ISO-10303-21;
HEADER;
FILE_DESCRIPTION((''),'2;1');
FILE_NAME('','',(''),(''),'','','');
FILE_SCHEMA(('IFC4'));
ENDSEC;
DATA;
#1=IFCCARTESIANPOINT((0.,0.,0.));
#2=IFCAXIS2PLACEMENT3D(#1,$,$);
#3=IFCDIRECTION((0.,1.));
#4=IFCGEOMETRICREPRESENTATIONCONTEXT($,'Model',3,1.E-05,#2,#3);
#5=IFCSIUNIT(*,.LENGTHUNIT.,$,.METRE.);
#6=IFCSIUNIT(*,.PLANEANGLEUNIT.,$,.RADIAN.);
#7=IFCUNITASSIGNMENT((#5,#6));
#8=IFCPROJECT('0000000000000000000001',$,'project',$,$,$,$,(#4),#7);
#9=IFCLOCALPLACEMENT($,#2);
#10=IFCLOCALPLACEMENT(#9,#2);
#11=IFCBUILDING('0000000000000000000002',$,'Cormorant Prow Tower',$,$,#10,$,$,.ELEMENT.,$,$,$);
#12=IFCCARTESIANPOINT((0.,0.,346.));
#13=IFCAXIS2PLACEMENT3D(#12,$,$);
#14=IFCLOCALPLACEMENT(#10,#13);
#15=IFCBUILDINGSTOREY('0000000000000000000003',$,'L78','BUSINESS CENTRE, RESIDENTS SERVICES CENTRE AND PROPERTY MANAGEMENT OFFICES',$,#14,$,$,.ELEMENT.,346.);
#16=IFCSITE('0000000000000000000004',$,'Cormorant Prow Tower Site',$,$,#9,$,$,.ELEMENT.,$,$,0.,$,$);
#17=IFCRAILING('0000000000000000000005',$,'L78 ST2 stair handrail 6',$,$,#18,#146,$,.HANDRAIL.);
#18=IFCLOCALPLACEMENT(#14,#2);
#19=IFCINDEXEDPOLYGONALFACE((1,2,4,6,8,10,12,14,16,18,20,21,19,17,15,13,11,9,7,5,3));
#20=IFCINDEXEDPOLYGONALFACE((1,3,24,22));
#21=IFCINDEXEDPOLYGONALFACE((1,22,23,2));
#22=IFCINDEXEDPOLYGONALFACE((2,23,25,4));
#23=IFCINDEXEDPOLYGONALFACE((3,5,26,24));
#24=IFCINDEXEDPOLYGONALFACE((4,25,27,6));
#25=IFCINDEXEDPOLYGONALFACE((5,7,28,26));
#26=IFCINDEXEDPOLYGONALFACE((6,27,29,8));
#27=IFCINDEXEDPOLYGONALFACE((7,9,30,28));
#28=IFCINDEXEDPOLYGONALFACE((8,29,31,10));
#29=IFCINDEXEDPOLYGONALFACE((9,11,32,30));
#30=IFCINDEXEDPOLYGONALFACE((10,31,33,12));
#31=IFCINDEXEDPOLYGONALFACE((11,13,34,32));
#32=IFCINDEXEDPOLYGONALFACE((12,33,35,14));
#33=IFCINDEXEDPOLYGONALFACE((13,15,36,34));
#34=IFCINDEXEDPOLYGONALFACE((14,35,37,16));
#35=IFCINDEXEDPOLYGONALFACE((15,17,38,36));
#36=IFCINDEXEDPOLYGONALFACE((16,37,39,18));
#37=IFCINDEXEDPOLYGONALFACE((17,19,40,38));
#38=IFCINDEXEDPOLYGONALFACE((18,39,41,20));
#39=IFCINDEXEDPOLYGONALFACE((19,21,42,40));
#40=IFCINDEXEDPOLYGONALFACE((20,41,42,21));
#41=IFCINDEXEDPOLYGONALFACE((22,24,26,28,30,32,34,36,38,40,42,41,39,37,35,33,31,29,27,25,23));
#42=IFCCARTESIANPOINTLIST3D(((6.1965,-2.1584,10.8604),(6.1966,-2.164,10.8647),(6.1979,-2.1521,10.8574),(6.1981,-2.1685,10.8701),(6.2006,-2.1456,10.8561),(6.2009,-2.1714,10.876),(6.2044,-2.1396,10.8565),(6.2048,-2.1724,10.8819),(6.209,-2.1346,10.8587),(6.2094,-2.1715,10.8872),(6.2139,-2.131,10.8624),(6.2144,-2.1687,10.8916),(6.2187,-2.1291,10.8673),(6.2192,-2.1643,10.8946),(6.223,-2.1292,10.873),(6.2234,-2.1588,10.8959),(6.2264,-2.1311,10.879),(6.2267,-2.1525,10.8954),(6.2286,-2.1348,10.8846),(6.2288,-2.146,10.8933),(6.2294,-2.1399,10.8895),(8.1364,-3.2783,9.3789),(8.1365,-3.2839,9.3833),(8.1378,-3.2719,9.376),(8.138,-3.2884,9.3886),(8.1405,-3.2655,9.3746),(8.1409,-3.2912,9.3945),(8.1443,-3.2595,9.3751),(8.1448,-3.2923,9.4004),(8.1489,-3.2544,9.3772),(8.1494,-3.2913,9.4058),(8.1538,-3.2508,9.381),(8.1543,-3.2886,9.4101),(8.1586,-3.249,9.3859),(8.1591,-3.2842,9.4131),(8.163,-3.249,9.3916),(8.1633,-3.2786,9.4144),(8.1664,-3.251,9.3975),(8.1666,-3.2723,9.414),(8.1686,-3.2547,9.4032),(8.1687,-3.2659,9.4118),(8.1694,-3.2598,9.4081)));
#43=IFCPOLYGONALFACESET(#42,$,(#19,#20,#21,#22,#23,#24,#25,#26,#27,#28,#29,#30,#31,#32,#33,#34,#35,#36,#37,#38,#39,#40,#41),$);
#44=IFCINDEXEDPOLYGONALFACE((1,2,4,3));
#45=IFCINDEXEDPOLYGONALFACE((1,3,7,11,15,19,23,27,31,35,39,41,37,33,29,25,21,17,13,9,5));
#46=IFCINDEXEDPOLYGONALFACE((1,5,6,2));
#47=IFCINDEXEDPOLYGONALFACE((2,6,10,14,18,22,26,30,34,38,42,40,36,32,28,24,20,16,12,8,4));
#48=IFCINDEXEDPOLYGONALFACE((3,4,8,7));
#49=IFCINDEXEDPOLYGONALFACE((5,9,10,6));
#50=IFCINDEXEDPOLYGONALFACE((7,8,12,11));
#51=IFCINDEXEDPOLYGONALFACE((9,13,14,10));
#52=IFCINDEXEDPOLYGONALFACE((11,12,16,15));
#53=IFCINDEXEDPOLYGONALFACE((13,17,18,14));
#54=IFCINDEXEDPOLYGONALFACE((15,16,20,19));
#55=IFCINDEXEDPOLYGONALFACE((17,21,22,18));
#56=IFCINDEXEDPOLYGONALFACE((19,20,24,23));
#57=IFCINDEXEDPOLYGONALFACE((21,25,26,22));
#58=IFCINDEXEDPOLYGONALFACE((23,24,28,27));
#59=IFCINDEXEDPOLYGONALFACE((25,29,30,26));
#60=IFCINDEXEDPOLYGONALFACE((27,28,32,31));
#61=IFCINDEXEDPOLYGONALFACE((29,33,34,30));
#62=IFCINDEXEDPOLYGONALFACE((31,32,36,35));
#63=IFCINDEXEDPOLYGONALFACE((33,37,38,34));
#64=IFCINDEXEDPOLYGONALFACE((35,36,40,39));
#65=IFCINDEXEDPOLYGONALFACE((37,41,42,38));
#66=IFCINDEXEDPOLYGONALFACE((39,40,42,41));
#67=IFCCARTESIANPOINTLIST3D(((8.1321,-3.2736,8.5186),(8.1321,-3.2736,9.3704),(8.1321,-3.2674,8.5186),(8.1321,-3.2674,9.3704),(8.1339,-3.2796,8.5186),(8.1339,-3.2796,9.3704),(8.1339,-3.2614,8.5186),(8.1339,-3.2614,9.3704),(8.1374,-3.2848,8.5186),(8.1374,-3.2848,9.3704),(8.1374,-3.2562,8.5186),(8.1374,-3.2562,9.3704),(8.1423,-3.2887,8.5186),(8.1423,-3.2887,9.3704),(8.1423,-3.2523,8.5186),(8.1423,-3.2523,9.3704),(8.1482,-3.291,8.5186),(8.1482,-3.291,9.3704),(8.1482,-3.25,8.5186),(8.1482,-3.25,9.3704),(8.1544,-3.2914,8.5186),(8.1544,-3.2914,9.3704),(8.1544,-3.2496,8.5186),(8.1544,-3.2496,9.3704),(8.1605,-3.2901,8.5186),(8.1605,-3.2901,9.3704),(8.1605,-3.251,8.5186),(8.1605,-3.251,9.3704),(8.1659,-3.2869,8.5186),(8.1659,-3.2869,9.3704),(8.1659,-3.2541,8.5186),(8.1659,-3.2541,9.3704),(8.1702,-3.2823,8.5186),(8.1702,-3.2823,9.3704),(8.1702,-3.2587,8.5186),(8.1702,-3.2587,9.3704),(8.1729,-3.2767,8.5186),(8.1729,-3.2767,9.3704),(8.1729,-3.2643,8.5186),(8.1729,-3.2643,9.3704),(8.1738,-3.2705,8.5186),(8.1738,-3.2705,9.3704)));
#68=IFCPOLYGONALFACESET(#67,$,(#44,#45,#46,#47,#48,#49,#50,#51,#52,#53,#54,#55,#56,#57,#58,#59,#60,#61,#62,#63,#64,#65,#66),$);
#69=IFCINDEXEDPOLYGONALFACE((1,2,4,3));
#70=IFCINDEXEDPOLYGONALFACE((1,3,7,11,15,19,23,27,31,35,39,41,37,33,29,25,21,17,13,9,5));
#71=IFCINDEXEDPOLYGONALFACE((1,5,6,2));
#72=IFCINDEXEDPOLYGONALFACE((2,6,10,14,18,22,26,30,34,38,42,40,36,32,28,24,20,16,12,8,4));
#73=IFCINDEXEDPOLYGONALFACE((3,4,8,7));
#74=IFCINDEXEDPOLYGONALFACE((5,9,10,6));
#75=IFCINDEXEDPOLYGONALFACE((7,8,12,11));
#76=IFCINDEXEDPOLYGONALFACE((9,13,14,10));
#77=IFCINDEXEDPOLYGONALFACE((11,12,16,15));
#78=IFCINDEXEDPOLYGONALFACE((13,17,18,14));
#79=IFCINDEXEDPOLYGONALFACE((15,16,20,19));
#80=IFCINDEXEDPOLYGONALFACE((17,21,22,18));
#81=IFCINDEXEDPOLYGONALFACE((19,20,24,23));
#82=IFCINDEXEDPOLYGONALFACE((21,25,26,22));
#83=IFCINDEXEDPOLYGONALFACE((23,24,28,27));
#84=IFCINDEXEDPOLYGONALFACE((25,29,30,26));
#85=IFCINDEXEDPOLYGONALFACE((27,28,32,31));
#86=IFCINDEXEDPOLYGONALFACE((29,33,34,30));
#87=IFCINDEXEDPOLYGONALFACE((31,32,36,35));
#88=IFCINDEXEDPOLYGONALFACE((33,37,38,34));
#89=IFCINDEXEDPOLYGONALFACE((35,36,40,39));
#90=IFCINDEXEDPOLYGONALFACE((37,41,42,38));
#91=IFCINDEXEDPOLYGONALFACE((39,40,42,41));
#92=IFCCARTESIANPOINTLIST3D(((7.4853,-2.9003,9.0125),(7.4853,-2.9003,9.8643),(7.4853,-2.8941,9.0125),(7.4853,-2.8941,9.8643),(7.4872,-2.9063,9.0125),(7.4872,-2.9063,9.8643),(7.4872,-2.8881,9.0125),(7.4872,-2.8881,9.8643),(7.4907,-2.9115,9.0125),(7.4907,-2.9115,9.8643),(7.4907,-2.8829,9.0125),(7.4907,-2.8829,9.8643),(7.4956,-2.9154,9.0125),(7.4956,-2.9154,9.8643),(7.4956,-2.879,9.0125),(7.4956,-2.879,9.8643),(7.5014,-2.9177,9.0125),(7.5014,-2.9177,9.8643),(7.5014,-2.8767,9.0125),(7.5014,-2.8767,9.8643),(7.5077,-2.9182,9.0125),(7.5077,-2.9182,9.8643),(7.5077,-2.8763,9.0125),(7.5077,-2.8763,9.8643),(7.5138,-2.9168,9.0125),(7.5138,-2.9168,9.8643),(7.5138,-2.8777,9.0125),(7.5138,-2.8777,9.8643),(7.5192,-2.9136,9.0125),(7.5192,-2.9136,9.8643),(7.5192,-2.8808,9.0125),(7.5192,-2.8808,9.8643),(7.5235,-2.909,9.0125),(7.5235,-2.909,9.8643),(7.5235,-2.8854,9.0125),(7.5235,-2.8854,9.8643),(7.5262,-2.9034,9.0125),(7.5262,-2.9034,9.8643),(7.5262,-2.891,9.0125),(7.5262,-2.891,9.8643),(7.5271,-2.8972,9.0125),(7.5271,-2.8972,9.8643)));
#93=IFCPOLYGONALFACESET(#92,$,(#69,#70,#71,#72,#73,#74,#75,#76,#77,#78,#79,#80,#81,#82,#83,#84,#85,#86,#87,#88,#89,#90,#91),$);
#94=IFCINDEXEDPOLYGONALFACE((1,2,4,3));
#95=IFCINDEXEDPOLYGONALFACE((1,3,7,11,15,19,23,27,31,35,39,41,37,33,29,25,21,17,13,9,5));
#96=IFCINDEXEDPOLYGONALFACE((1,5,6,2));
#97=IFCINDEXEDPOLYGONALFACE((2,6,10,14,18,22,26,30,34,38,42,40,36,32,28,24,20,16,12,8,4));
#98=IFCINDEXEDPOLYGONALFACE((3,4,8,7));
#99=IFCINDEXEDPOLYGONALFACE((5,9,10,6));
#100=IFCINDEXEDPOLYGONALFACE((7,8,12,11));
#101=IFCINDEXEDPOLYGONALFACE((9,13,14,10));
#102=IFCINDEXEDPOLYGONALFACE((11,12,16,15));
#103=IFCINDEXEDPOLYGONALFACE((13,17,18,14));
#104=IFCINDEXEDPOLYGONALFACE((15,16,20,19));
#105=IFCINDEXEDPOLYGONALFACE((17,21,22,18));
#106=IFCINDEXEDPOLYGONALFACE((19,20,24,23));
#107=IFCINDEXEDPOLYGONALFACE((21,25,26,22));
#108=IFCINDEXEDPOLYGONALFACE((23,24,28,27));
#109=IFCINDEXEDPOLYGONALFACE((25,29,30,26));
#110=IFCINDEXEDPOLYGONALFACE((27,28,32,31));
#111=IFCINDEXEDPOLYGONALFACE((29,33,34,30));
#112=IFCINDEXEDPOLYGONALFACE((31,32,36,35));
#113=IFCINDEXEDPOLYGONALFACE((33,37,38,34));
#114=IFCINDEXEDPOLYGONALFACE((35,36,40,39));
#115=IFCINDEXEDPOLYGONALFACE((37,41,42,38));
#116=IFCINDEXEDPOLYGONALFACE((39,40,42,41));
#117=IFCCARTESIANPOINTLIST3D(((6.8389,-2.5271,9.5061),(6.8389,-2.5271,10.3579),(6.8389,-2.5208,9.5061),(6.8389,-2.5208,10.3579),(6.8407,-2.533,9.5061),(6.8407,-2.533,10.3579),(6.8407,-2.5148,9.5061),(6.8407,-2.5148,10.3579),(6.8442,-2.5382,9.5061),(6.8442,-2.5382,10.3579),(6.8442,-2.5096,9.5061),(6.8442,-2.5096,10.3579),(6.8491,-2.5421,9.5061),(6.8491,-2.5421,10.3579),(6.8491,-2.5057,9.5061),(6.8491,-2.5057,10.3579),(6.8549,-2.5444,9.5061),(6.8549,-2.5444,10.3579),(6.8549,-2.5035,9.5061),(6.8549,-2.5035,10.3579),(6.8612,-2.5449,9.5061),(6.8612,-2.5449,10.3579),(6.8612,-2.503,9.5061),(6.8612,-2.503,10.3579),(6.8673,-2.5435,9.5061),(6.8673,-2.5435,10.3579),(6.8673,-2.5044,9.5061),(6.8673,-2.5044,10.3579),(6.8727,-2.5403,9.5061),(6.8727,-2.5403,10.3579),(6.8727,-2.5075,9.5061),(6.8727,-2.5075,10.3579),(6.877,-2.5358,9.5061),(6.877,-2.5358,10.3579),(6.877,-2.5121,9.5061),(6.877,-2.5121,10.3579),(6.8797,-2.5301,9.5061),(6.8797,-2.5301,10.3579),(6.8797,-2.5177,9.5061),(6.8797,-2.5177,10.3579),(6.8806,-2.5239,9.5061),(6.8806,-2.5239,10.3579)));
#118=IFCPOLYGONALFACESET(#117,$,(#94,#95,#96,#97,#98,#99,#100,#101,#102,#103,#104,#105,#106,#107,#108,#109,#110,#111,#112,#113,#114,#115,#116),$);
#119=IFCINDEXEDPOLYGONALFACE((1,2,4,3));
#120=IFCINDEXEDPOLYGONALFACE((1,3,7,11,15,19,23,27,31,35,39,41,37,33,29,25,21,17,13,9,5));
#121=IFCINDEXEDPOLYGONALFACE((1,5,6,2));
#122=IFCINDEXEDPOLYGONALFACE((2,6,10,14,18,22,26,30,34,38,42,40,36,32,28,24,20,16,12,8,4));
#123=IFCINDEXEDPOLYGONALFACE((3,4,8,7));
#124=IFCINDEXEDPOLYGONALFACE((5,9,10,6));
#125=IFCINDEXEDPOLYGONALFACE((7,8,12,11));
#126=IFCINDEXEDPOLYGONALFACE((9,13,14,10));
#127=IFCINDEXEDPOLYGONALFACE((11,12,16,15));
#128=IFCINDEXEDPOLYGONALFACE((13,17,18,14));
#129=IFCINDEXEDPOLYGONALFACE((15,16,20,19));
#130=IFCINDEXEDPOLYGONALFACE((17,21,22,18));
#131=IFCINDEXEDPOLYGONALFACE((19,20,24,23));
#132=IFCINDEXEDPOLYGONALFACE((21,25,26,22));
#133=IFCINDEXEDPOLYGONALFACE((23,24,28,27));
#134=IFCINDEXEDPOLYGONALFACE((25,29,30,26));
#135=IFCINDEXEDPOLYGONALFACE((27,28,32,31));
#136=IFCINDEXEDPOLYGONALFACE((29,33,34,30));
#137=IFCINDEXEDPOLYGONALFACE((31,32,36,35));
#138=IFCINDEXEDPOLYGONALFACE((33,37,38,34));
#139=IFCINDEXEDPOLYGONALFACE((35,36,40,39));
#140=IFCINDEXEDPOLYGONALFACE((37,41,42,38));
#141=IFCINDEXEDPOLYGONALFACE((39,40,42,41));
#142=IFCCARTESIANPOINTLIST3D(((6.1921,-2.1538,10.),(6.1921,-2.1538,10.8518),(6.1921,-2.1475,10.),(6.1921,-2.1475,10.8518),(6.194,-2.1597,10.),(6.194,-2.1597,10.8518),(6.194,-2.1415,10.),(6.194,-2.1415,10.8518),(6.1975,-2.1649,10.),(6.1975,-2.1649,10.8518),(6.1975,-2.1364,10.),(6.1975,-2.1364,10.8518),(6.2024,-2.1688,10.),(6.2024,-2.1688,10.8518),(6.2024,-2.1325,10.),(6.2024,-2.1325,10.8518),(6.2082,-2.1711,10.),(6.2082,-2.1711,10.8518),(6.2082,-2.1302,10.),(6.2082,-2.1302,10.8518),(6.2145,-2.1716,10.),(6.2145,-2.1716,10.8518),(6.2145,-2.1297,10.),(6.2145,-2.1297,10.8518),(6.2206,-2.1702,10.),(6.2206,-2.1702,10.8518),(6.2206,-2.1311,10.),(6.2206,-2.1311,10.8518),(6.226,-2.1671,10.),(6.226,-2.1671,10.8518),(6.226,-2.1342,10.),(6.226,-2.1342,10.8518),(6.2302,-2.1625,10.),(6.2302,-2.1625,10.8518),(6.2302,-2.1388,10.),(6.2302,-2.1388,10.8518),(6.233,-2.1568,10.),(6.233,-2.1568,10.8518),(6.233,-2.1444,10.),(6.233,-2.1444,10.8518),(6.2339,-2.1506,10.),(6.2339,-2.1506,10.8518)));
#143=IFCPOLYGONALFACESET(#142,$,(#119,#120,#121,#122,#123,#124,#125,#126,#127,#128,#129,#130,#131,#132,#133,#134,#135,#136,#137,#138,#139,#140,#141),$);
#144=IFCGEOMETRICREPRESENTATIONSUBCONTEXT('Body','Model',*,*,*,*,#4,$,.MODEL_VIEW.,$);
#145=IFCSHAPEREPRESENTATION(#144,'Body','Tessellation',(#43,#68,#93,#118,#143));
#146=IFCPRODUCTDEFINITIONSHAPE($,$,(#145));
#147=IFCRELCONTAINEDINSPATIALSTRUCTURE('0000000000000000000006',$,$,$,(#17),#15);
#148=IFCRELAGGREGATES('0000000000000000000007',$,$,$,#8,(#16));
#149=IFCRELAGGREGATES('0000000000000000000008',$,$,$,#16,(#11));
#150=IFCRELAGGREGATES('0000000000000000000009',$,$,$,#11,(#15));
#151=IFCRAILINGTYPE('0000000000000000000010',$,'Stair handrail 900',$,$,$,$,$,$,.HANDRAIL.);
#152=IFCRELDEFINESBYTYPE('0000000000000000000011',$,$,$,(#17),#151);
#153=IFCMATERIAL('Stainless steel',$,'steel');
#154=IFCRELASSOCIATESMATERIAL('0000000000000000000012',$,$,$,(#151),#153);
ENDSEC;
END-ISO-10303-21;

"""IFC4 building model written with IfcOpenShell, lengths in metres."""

from ifc_helpers import new_model, si_unit, direction, frame, origin, origin_2d, place, context, subcontext, project, spatial, circle, extrude, material, type_object, element, save


model = new_model("IFC4")

# Units and contexts
model_context = context("Model", 3, precision=1e-05, world=origin(), true_north=direction((0.0, 1.0)))
body_context = subcontext(model_context, "Body", "Model", "MODEL_VIEW")
ifc_project = project(units=[si_unit("LENGTHUNIT", "METRE"), si_unit("PLANEANGLEUNIT", "RADIAN")], contexts=[model_context])

# Site, building, storey
site_placement = place(None, origin())
site = spatial("IfcSite", under=ifc_project, at=site_placement, Name="Cormorant Prow Tower Site", CompositionType="ELEMENT", RefElevation=0.0)
building_placement = place(site_placement, origin())
building = spatial("IfcBuilding", under=site, at=building_placement, Name="Cormorant Prow Tower", CompositionType="ELEMENT")
storey_placement = place(building_placement, frame((0.0, 0.0, 346.0)))
storey = spatial("IfcBuildingStorey", under=building, at=storey_placement, Name="L78", Description="BUSINESS CENTRE, RESIDENTS SERVICES CENTRE AND PROPERTY MANAGEMENT OFFICES", CompositionType="ELEMENT", Elevation=346.0)

# Railing
ifc_material_1 = material(Name="Stainless steel", Category="steel")
railing_type = type_object("IfcRailingType", Name="Stair handrail 900", PredefinedType="HANDRAIL", material=ifc_material_1)
for number, where, name in (
    (1, (8.1528, -3.2705, 8.5186), "L78 ST2 stair handrail 6"),
):
    element("IfcRailing", number, at=place(storey_placement, frame(where)), inside=storey, type_object=railing_type, Name=name, PredefinedType="HANDRAIL", context=body_context, shape_type="SweptSolid", body=[
        extrude(circle(Radius=0.0239, at=origin_2d()), frame((0.0, 0.0, 0.876), z_axis=(-0.722363, 0.417, 0.551636), x_axis=(-0.499949, -0.866055, 0.0)), (0.0, 0.0, 1.0), 2.6855),
        extrude(circle(Radius=0.021, at=origin_2d()), origin(), (0.0, 0.0, 1.0), 0.8518),
        extrude(circle(Radius=0.021, at=origin_2d()), frame((-0.6467, 0.3733, 0.4939)), (0.0, 0.0, 1.0), 0.8518),
        extrude(circle(Radius=0.021, at=origin_2d()), frame((-1.2932, 0.7466, 0.9875)), (0.0, 0.0, 1.0), 0.8518),
        extrude(circle(Radius=0.021, at=origin_2d()), frame((-1.9399, 1.1199, 1.4814)), (0.0, 0.0, 1.0), 0.8518),
    ])

save(model, "model.ifc")
